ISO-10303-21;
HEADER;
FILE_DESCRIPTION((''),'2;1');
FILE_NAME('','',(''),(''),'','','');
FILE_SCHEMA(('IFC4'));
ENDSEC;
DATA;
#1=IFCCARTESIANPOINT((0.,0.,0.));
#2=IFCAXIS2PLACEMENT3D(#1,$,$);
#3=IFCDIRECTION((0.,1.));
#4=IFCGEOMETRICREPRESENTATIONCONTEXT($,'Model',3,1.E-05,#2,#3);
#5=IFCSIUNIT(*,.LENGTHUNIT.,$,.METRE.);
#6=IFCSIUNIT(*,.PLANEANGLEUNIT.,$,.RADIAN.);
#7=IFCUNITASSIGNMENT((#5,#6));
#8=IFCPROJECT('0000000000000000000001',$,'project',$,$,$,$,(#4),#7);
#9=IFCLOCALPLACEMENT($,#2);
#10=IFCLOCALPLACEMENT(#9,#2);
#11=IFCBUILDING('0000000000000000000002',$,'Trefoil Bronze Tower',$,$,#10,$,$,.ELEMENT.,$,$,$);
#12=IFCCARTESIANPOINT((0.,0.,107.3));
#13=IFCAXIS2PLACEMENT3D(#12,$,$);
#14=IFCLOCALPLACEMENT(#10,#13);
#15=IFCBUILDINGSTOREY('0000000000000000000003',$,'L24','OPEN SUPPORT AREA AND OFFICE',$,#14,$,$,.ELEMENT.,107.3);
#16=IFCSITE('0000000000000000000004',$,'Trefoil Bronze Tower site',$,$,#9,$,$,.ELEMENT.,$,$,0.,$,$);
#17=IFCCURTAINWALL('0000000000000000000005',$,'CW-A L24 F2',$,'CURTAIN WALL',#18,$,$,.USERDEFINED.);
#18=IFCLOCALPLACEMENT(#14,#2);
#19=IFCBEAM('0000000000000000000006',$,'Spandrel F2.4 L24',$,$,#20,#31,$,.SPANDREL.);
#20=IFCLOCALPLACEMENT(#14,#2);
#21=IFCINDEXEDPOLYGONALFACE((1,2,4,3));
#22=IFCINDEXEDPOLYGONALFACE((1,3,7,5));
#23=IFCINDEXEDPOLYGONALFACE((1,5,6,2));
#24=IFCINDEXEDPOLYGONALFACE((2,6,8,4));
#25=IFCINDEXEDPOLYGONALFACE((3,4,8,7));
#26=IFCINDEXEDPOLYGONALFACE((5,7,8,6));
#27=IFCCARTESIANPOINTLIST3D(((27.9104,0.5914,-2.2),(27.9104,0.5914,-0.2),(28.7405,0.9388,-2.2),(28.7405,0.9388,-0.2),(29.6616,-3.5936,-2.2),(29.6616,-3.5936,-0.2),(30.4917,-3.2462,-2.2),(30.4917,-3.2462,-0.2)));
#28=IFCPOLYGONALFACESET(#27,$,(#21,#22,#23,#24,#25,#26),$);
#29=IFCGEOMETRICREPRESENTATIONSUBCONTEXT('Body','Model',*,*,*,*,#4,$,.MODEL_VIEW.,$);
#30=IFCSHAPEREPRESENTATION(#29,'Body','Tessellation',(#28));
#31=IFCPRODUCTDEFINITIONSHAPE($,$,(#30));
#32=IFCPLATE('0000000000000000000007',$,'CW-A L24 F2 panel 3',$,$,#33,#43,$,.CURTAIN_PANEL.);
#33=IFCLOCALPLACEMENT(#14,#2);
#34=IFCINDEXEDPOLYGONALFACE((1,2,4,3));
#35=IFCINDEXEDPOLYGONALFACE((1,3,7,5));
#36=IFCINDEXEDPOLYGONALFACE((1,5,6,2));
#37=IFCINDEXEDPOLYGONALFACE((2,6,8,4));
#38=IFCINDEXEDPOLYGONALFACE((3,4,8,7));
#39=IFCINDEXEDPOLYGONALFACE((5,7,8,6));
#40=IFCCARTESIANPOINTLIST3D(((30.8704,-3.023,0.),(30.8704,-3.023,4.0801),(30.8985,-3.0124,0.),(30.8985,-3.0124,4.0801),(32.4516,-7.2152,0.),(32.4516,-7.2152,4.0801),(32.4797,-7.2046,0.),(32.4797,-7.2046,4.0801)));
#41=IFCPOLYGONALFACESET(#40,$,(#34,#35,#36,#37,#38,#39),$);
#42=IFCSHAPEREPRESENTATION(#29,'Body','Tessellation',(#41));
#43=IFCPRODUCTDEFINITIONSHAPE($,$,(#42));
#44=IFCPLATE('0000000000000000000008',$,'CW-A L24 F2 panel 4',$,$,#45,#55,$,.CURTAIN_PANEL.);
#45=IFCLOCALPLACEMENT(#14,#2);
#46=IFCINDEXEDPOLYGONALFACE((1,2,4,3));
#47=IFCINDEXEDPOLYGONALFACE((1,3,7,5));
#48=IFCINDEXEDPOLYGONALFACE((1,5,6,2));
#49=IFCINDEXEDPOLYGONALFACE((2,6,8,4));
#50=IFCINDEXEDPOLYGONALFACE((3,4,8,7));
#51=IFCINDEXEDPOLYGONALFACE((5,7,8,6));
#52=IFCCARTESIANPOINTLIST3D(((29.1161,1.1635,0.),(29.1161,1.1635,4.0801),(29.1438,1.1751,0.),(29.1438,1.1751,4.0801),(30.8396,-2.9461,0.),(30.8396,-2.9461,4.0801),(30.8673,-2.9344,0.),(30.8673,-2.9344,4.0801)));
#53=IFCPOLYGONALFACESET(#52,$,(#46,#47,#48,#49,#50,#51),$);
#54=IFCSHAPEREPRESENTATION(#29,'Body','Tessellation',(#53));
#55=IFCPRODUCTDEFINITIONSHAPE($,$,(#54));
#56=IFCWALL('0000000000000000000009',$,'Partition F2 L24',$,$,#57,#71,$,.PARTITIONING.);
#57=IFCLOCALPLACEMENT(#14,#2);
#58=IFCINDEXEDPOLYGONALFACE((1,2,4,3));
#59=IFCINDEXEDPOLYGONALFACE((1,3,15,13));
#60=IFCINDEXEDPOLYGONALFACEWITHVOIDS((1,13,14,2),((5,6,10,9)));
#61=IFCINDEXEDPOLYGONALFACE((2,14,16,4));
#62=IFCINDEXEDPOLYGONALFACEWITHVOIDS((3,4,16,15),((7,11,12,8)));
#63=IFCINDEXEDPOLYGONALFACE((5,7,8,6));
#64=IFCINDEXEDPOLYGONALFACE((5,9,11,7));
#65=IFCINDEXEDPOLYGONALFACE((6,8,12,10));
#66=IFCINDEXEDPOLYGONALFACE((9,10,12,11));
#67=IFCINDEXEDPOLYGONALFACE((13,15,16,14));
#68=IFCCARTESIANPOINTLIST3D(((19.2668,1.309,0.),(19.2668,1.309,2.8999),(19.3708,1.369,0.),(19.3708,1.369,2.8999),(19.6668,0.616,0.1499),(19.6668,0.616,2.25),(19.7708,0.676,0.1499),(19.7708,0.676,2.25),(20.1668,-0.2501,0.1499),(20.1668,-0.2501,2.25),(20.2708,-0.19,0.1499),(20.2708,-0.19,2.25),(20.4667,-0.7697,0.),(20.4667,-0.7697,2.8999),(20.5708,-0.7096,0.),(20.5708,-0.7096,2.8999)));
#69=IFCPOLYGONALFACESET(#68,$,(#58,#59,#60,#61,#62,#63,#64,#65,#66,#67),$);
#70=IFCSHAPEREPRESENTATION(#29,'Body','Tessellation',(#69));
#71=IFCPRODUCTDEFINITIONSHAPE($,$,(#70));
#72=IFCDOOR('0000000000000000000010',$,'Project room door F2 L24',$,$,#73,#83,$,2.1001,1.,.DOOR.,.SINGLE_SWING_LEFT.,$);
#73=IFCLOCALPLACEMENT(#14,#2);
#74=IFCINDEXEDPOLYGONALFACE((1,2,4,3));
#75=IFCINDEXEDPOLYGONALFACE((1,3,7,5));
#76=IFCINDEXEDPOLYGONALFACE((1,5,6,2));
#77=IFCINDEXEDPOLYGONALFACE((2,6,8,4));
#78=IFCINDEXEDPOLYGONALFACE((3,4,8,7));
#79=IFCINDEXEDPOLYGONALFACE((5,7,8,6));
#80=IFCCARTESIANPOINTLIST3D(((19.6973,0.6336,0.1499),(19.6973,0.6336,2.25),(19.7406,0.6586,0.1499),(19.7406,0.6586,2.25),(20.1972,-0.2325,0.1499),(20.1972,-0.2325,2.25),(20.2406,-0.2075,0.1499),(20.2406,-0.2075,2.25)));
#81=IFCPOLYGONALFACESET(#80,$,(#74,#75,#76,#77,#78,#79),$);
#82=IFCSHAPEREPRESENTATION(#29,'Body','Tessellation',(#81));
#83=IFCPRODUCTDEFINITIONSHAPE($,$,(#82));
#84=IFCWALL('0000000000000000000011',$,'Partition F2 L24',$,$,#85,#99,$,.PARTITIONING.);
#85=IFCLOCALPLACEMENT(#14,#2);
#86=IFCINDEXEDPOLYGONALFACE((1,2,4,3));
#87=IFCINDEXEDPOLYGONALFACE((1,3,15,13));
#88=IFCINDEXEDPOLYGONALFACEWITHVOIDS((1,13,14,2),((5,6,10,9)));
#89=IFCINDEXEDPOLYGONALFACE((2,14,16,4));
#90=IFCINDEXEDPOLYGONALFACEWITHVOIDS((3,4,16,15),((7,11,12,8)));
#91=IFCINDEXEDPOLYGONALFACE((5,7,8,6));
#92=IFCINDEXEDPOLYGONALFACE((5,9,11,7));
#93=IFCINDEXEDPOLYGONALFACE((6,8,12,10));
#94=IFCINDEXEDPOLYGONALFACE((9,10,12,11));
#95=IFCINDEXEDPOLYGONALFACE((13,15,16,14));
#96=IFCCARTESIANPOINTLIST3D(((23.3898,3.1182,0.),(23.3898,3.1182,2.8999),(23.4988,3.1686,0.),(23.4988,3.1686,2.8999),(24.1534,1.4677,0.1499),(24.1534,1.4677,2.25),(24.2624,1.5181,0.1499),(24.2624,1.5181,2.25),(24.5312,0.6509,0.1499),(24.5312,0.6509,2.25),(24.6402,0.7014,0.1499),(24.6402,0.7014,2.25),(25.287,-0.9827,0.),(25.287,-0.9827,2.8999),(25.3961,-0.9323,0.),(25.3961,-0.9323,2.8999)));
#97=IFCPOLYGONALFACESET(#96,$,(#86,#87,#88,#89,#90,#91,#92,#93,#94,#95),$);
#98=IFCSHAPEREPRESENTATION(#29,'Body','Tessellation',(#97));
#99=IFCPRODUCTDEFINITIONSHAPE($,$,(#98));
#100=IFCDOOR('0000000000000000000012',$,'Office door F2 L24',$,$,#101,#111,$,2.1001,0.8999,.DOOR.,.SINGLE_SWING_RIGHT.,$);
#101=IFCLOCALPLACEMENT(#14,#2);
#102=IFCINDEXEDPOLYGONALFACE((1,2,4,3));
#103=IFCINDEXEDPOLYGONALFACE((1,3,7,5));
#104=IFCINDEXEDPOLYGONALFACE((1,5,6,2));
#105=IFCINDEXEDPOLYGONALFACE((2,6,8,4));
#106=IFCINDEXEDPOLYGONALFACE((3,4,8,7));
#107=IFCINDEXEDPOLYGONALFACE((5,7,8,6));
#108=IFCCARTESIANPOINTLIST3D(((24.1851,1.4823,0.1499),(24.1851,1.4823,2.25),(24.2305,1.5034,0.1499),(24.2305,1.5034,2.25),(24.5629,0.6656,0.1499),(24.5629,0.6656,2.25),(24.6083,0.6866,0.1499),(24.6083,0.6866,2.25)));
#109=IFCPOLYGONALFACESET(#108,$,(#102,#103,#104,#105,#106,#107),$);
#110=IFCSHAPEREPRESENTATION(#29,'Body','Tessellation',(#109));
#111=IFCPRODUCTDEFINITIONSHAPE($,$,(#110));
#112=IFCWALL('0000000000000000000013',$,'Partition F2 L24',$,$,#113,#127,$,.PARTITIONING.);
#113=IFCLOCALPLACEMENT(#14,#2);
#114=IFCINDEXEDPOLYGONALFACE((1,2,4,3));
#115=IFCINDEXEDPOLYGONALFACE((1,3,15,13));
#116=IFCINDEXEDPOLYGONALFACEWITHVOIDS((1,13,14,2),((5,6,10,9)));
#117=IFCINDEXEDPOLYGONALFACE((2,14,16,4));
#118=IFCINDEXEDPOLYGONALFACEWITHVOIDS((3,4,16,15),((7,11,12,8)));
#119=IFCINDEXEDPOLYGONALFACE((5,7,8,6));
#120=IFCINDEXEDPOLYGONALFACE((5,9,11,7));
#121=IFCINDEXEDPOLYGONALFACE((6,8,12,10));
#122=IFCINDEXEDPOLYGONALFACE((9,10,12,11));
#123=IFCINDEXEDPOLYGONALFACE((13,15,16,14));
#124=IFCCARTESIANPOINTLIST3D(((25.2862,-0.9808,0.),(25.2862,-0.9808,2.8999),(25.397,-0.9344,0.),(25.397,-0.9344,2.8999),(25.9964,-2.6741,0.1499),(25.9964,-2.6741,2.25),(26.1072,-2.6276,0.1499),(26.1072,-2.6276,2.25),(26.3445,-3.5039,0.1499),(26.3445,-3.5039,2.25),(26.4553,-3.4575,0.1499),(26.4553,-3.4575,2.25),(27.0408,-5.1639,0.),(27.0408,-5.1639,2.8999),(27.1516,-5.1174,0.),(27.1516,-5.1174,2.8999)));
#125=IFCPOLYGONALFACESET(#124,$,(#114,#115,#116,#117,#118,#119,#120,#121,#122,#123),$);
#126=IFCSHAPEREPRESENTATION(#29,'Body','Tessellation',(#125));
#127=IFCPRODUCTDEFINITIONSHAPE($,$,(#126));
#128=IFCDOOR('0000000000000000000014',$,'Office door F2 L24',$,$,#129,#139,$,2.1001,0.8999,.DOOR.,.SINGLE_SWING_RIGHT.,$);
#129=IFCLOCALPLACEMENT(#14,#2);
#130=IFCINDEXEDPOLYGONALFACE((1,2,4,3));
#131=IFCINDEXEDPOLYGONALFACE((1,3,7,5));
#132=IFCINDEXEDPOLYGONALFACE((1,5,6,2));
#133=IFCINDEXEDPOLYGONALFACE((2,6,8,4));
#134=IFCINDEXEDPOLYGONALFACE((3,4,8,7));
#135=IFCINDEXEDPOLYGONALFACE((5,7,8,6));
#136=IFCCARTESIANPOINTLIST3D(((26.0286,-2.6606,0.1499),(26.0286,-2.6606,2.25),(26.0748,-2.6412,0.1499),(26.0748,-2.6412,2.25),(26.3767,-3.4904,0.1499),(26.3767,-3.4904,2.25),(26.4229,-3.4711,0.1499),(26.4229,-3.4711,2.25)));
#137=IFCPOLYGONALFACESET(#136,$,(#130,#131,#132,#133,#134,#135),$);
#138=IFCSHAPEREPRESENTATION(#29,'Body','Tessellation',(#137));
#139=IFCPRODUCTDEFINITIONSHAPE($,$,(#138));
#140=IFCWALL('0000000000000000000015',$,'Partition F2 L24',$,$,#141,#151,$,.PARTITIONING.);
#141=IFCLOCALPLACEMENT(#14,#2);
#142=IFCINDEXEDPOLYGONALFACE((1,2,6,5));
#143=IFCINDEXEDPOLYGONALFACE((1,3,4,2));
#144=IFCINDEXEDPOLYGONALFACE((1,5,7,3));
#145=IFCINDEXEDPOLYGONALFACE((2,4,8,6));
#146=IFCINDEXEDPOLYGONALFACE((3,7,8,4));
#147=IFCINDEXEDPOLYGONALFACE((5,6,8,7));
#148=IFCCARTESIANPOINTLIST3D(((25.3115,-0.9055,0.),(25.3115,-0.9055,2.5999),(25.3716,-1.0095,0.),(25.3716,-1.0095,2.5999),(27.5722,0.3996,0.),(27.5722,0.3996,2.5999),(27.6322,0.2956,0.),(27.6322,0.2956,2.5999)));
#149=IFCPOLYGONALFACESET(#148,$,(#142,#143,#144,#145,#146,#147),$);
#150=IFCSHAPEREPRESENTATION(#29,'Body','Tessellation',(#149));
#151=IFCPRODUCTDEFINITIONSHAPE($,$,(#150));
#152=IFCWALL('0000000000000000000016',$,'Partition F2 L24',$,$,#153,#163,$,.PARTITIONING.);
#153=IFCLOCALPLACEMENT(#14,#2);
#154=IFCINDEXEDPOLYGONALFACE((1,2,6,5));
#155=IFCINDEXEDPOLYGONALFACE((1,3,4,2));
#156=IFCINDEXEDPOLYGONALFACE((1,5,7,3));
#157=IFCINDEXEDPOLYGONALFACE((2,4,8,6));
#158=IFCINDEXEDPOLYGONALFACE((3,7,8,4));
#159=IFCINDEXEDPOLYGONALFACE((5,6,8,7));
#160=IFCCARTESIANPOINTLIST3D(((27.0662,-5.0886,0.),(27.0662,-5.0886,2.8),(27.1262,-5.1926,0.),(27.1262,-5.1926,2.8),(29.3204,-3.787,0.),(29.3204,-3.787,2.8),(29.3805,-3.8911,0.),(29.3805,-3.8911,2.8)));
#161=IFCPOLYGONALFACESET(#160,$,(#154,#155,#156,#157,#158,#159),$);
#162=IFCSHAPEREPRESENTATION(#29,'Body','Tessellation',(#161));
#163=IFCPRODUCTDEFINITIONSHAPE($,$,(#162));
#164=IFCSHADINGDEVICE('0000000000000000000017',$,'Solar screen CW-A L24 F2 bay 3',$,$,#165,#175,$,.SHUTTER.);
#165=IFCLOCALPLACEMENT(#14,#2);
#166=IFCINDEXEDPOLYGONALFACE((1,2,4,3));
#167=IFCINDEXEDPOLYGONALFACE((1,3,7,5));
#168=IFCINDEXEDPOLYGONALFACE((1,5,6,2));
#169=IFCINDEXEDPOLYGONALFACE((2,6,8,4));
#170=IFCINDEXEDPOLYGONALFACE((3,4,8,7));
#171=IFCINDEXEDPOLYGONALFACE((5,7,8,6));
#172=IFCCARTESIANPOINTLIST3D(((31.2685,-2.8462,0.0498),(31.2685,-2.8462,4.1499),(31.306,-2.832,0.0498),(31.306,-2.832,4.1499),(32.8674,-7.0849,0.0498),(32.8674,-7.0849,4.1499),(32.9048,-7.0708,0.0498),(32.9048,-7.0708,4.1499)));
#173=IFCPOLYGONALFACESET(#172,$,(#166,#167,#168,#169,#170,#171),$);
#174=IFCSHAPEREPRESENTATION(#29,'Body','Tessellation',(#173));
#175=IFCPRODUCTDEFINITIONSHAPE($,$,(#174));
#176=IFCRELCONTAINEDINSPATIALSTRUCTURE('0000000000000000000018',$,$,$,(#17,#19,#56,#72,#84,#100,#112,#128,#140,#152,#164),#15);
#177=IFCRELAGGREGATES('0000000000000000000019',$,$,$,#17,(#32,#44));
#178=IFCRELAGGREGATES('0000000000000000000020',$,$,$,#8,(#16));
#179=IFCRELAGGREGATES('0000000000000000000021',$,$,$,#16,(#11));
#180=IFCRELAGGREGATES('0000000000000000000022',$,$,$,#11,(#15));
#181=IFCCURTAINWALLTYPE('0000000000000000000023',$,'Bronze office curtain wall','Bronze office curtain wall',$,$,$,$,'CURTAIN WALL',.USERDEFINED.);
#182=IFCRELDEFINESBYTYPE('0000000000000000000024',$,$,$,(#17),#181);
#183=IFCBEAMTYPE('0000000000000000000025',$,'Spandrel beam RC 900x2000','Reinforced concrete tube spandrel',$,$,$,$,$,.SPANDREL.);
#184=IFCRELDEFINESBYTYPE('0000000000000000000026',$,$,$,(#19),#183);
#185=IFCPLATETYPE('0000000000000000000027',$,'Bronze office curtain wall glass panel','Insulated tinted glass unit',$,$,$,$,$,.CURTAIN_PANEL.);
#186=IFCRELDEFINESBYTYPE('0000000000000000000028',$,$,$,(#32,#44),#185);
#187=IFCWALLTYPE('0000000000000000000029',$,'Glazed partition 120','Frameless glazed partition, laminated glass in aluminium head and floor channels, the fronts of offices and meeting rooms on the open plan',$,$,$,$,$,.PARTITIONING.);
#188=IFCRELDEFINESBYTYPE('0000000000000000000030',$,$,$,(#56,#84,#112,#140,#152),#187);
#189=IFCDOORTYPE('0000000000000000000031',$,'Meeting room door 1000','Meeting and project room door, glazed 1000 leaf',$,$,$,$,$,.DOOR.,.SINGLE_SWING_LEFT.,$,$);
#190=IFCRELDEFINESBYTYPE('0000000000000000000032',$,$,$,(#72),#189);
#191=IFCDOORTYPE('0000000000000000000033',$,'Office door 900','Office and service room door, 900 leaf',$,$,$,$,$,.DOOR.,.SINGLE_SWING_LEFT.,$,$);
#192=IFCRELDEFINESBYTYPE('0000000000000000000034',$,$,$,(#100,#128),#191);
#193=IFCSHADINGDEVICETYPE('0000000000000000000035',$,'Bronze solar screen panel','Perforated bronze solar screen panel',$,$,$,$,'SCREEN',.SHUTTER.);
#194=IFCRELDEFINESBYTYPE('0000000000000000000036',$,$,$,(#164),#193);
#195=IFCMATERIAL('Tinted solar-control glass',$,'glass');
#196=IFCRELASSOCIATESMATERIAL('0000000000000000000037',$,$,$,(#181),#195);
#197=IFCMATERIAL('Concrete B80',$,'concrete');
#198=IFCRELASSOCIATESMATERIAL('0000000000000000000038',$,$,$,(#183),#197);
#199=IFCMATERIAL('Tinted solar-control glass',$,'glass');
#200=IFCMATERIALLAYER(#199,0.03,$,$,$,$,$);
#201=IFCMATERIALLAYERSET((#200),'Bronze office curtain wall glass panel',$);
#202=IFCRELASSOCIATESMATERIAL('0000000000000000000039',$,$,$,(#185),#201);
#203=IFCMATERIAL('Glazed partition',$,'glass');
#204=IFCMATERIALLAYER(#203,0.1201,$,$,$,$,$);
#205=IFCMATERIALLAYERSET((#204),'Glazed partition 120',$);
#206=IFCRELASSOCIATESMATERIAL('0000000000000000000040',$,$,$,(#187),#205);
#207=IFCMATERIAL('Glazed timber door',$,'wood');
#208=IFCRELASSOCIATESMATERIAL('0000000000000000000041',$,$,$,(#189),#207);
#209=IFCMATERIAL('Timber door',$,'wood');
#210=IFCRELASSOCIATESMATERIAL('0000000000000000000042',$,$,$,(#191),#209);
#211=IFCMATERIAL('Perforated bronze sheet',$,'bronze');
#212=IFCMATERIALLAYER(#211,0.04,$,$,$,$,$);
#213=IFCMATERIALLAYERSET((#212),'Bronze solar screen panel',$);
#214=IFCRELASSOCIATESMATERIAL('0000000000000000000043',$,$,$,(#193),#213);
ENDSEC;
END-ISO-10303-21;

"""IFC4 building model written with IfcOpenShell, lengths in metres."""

from ifc_helpers import new_model, si_unit, direction, frame, frame_2d, origin, origin_2d, place, context, subcontext, project, spatial, rectangle, extrude, material, layer, layer_set, material_profile, profile_set, type_object, element, fill, aggregate, save


model = new_model("IFC4")

# Units and contexts
model_context = context("Model", 3, precision=1e-05, world=origin(), true_north=direction((0.0, 1.0)))
body_context = subcontext(model_context, "Body", "Model", "MODEL_VIEW")
ifc_project = project(units=[si_unit("LENGTHUNIT", "METRE"), si_unit("PLANEANGLEUNIT", "RADIAN")], contexts=[model_context])

# Site, building, storey
site_placement = place(None, origin())
site = spatial("IfcSite", under=ifc_project, at=site_placement, Name="Trefoil Bronze Tower site", CompositionType="ELEMENT", RefElevation=0.0)
building_placement = place(site_placement, origin())
building = spatial("IfcBuilding", under=site, at=building_placement, Name="Trefoil Bronze Tower", CompositionType="ELEMENT")
storey_placement = place(building_placement, frame((0.0, 0.0, 107.3)))
storey = spatial("IfcBuildingStorey", under=building, at=storey_placement, Name="L24", Description="OPEN SUPPORT AREA AND OFFICE", CompositionType="ELEMENT", Elevation=107.3)

# Curtain wall
ifc_material_1 = material(Name="Tinted solar-control glass", Category="glass")
curtain_wall_type = type_object("IfcCurtainWallType", Name="Bronze office curtain wall", Description="Bronze office curtain wall", ElementType="CURTAIN WALL", PredefinedType="USERDEFINED", material=ifc_material_1)
curtain_wall_placement = place(storey_placement, origin())
curtain_wall = element("IfcCurtainWall", 1, at=curtain_wall_placement, inside=storey, type_object=curtain_wall_type, Name="CW-A L24 F2", ObjectType="CURTAIN WALL", PredefinedType="USERDEFINED")

# Beam
ifc_material_2 = material(Name="Concrete B80", Category="concrete")
ifc_material_profile_1 = material_profile(ifc_material_2, rectangle(XDim=0.8999, YDim=2.0, at=origin_2d()), Name="RC 900x2000")
ifc_profile_set_1 = profile_set([ifc_material_profile_1], Name="Concrete B80")
beam_type_1 = type_object("IfcBeamType", Name="Spandrel beam RC 900x2000", Description="Reinforced concrete tube spandrel", PredefinedType="SPANDREL", material=ifc_profile_set_1)
beam_1_placement = place(storey_placement, frame((30.0767, -3.4199, -1.2), z_axis=(-0.386013, 0.922493, 0.0), x_axis=(-0.922493, -0.386013, 0.0)))
element("IfcBeam", 2, at=beam_1_placement, inside=storey, type_object=beam_type_1, Name="Spandrel F2.4 L24", PredefinedType="SPANDREL", context=body_context, shape_type="SweptSolid", body=[
    extrude(rectangle(XDim=0.8999, YDim=2.0, at=origin_2d()), origin(), (0.0, 0.0, 1.0), 4.5366),
])

# Plates
ifc_material_3 = material(Name="Tinted solar-control glass", Category="glass")
ifc_layer_1 = layer(ifc_material_3, 0.03)
ifc_layer_set_1 = layer_set([ifc_layer_1], Name="Bronze office curtain wall glass panel")
plate_type = type_object("IfcPlateType", Name="Bronze office curtain wall glass panel", Description="Insulated tinted glass unit", PredefinedType="CURTAIN_PANEL", material=ifc_layer_set_1)
plate_1_placement = place(storey_placement, frame((31.675, -5.1138, 0.0), z_axis=(0.0, 0.0, 1.0), x_axis=(-0.35292, 0.935654, 0.0)))
plate_1 = element("IfcPlate", 3, at=plate_1_placement, type_object=plate_type, Name="CW-A L24 F2 panel 3", PredefinedType="CURTAIN_PANEL", context=body_context, shape_type="SweptSolid", body=[
    extrude(rectangle(XDim=4.4805, YDim=0.03, at=origin_2d()), origin(), (0.0, 0.0, 1.0), 4.0801),
])
plate_2_placement = place(storey_placement, frame((29.9917, -0.8855, 0.0), z_axis=(0.0, 0.0, 1.0), x_axis=(-0.386759, 0.922181, 0.0)))
plate_2 = element("IfcPlate", 4, at=plate_2_placement, type_object=plate_type, Name="CW-A L24 F2 panel 4", PredefinedType="CURTAIN_PANEL", context=body_context, shape_type="SweptSolid", body=[
    extrude(rectangle(XDim=4.4563, YDim=0.03, at=origin_2d()), origin(), (0.0, 0.0, 1.0), 4.0801),
])
aggregate(curtain_wall, [plate_1, plate_2])

# Walls, openings, doors
ifc_material_4 = material(Name="Glazed partition", Category="glass")
ifc_layer_2 = layer(ifc_material_4, 0.1201)
ifc_layer_set_2 = layer_set([ifc_layer_2], Name="Glazed partition 120")
wall_type = type_object("IfcWallType", Name="Glazed partition 120", Description="Frameless glazed partition, laminated glass in aluminium head and floor channels, the fronts of offices and meeting rooms on the open plan", PredefinedType="PARTITIONING", material=ifc_layer_set_2)
wall_1_placement = place(storey_placement, frame((20.5188, -0.7397, 0.0), z_axis=(0.0, 0.0, 1.0), x_axis=(-0.499957, 0.86605, 0.0)))
wall_1 = element("IfcWall", 5, at=wall_1_placement, inside=storey, type_object=wall_type, Name="Partition F2 L24", PredefinedType="PARTITIONING", context=body_context, shape_type="SweptSolid", body=[
    extrude(rectangle(XDim=2.4001, YDim=0.1201, at=frame_2d((1.2002, 0.0))), origin(), (0.0, 0.0, 1.0), 2.8999),
])
opening_1_placement = place(wall_1_placement, frame((0.6001, 0.0, 0.1499)))
opening_1 = element("IfcOpeningElement", 6, at=opening_1_placement, cuts=wall_1, PredefinedType="OPENING", context=body_context, shape_type="SweptSolid", body=[
    extrude(rectangle(XDim=1.0, YDim=2.1001, at=frame_2d((0.5, 1.05))), frame((0.0, 0.0701, 0.0), z_axis=(0.0, -1.0, 0.0), x_axis=(1.0, 0.0, 0.0)), (0.0, 0.0, 1.0), 0.1401),
])
ifc_material_5 = material(Name="Glazed timber door", Category="wood")
door_type_1 = type_object("IfcDoorType", Name="Meeting room door 1000", Description="Meeting and project room door, glazed 1000 leaf", OperationType="SINGLE_SWING_LEFT", PredefinedType="DOOR", material=ifc_material_5)
door_1_placement = place(opening_1_placement, origin())
door_1 = element("IfcDoor", 7, at=door_1_placement, inside=storey, type_object=door_type_1, Name="Project room door F2 L24", OperationType="SINGLE_SWING_LEFT", OverallHeight=2.1001, OverallWidth=1.0, PredefinedType="DOOR", context=body_context, shape_type="SweptSolid", body=[
    extrude(rectangle(XDim=1.0, YDim=2.1001, at=frame_2d((0.5, 1.05))), frame((0.0, 0.0249, 0.0), z_axis=(0.0, -1.0, 0.0), x_axis=(1.0, 0.0, 0.0)), (0.0, 0.0, 1.0), 0.05),
])
fill(opening_1, door_1)
wall_2_placement = place(storey_placement, frame((25.3416, -0.9575, 0.0), z_axis=(0.0, 0.0, 1.0), x_axis=(-0.419884, 0.907578, 0.0)))
wall_2 = element("IfcWall", 8, at=wall_2_placement, inside=storey, type_object=wall_type, Name="Partition F2 L24", PredefinedType="PARTITIONING", context=body_context, shape_type="SweptSolid", body=[
    extrude(rectangle(XDim=4.5186, YDim=0.1201, at=frame_2d((2.2593, 0.0))), origin(), (0.0, 0.0, 1.0), 2.8999),
])
opening_2_placement = place(wall_2_placement, frame((1.8, 0.0, 0.1499)))
opening_2 = element("IfcOpeningElement", 9, at=opening_2_placement, cuts=wall_2, PredefinedType="OPENING", context=body_context, shape_type="SweptSolid", body=[
    extrude(rectangle(XDim=0.8999, YDim=2.1001, at=frame_2d((0.45, 1.05))), frame((0.0, 0.0701, 0.0), z_axis=(0.0, -1.0, 0.0), x_axis=(1.0, 0.0, 0.0)), (0.0, 0.0, 1.0), 0.1401),
])
ifc_material_6 = material(Name="Timber door", Category="wood")
door_type_2 = type_object("IfcDoorType", Name="Office door 900", Description="Office and service room door, 900 leaf", OperationType="SINGLE_SWING_LEFT", PredefinedType="DOOR", material=ifc_material_6)
door_2_placement = place(opening_2_placement, frame((0.8999, 0.0, 0.0), z_axis=(0.0, 0.0, 1.0), x_axis=(-1.0, 0.0, 0.0)))
door_2 = element("IfcDoor", 10, at=door_2_placement, inside=storey, type_object=door_type_2, Name="Office door F2 L24", OperationType="SINGLE_SWING_RIGHT", OverallHeight=2.1001, OverallWidth=0.8999, PredefinedType="DOOR", context=body_context, shape_type="SweptSolid", body=[
    extrude(rectangle(XDim=0.8999, YDim=2.1001, at=frame_2d((0.45, 1.05))), frame((0.0, 0.0249, 0.0), z_axis=(0.0, -1.0, 0.0), x_axis=(1.0, 0.0, 0.0)), (0.0, 0.0, 1.0), 0.05),
])
fill(opening_2, door_2)
wall_3_placement = place(storey_placement, frame((27.0962, -5.1406, 0.0), z_axis=(0.0, 0.0, 1.0), x_axis=(-0.386808, 0.92216, 0.0)))
wall_3 = element("IfcWall", 11, at=wall_3_placement, inside=storey, type_object=wall_type, Name="Partition F2 L24", PredefinedType="PARTITIONING", context=body_context, shape_type="SweptSolid", body=[
    extrude(rectangle(XDim=4.5361, YDim=0.1201, at=frame_2d((2.2681, 0.0))), origin(), (0.0, 0.0, 1.0), 2.8999),
])
opening_3_placement = place(wall_3_placement, frame((1.8, 0.0, 0.1499)))
opening_3 = element("IfcOpeningElement", 12, at=opening_3_placement, cuts=wall_3, PredefinedType="OPENING", context=body_context, shape_type="SweptSolid", body=[
    extrude(rectangle(XDim=0.8999, YDim=2.1001, at=frame_2d((0.45, 1.05))), frame((0.0, 0.0701, 0.0), z_axis=(0.0, -1.0, 0.0), x_axis=(1.0, 0.0, 0.0)), (0.0, 0.0, 1.0), 0.1401),
])
door_3_placement = place(opening_3_placement, frame((0.8999, 0.0, 0.0), z_axis=(0.0, 0.0, 1.0), x_axis=(-1.0, 0.0, 0.0)))
door_3 = element("IfcDoor", 13, at=door_3_placement, inside=storey, type_object=door_type_2, Name="Office door F2 L24", OperationType="SINGLE_SWING_RIGHT", OverallHeight=2.1001, OverallWidth=0.8999, PredefinedType="DOOR", context=body_context, shape_type="SweptSolid", body=[
    extrude(rectangle(XDim=0.8999, YDim=2.1001, at=frame_2d((0.45, 1.05))), frame((0.0, 0.0249, 0.0), z_axis=(0.0, -1.0, 0.0), x_axis=(1.0, 0.0, 0.0)), (0.0, 0.0, 1.0), 0.05),
])
fill(opening_3, door_3)

# Walls
wall_4_placement = place(storey_placement, frame((25.3416, -0.9575, 0.0), z_axis=(0.0, 0.0, 1.0), x_axis=(0.866036, 0.499982, 0.0)))
element("IfcWall", 14, at=wall_4_placement, inside=storey, type_object=wall_type, Name="Partition F2 L24", PredefinedType="PARTITIONING", context=body_context, shape_type="SweptSolid", body=[
    extrude(rectangle(XDim=2.6104, YDim=0.1201, at=frame_2d((1.3052, 0.0))), origin(), (0.0, 0.0, 1.0), 2.5999),
])
wall_5_placement = place(storey_placement, frame((27.0962, -5.1406, 0.0), z_axis=(0.0, 0.0, 1.0), x_axis=(0.866012, 0.500023, 0.0)))
element("IfcWall", 15, at=wall_5_placement, inside=storey, type_object=wall_type, Name="Partition F2 L24", PredefinedType="PARTITIONING", context=body_context, shape_type="SweptSolid", body=[
    extrude(rectangle(XDim=2.603, YDim=0.1201, at=frame_2d((1.3015, 0.0))), origin(), (0.0, 0.0, 1.0), 2.8),
])

# Shading device
ifc_material_7 = material(Name="Perforated bronze sheet", Category="bronze")
ifc_layer_3 = layer(ifc_material_7, 0.04)
ifc_layer_set_3 = layer_set([ifc_layer_3], Name="Bronze solar screen panel")
shading_device_type = type_object("IfcShadingDeviceType", Name="Bronze solar screen panel", Description="Perforated bronze solar screen panel", ElementType="SCREEN", PredefinedType="SHUTTER", material=ifc_layer_set_3)
shading_device_1_placement = place(storey_placement, frame((32.0867, -4.9585, 0.0498), z_axis=(0.0, 0.0, 1.0), x_axis=(-0.35292, 0.935654, 0.0)))
element("IfcShadingDevice", 16, at=shading_device_1_placement, inside=storey, type_object=shading_device_type, Name="Solar screen CW-A L24 F2 bay 3", PredefinedType="SHUTTER", context=body_context, shape_type="SweptSolid", body=[
    extrude(rectangle(XDim=4.5303, YDim=0.04, at=origin_2d()), origin(), (0.0, 0.0, 1.0), 4.1001),
])

save(model, "model.ifc")
